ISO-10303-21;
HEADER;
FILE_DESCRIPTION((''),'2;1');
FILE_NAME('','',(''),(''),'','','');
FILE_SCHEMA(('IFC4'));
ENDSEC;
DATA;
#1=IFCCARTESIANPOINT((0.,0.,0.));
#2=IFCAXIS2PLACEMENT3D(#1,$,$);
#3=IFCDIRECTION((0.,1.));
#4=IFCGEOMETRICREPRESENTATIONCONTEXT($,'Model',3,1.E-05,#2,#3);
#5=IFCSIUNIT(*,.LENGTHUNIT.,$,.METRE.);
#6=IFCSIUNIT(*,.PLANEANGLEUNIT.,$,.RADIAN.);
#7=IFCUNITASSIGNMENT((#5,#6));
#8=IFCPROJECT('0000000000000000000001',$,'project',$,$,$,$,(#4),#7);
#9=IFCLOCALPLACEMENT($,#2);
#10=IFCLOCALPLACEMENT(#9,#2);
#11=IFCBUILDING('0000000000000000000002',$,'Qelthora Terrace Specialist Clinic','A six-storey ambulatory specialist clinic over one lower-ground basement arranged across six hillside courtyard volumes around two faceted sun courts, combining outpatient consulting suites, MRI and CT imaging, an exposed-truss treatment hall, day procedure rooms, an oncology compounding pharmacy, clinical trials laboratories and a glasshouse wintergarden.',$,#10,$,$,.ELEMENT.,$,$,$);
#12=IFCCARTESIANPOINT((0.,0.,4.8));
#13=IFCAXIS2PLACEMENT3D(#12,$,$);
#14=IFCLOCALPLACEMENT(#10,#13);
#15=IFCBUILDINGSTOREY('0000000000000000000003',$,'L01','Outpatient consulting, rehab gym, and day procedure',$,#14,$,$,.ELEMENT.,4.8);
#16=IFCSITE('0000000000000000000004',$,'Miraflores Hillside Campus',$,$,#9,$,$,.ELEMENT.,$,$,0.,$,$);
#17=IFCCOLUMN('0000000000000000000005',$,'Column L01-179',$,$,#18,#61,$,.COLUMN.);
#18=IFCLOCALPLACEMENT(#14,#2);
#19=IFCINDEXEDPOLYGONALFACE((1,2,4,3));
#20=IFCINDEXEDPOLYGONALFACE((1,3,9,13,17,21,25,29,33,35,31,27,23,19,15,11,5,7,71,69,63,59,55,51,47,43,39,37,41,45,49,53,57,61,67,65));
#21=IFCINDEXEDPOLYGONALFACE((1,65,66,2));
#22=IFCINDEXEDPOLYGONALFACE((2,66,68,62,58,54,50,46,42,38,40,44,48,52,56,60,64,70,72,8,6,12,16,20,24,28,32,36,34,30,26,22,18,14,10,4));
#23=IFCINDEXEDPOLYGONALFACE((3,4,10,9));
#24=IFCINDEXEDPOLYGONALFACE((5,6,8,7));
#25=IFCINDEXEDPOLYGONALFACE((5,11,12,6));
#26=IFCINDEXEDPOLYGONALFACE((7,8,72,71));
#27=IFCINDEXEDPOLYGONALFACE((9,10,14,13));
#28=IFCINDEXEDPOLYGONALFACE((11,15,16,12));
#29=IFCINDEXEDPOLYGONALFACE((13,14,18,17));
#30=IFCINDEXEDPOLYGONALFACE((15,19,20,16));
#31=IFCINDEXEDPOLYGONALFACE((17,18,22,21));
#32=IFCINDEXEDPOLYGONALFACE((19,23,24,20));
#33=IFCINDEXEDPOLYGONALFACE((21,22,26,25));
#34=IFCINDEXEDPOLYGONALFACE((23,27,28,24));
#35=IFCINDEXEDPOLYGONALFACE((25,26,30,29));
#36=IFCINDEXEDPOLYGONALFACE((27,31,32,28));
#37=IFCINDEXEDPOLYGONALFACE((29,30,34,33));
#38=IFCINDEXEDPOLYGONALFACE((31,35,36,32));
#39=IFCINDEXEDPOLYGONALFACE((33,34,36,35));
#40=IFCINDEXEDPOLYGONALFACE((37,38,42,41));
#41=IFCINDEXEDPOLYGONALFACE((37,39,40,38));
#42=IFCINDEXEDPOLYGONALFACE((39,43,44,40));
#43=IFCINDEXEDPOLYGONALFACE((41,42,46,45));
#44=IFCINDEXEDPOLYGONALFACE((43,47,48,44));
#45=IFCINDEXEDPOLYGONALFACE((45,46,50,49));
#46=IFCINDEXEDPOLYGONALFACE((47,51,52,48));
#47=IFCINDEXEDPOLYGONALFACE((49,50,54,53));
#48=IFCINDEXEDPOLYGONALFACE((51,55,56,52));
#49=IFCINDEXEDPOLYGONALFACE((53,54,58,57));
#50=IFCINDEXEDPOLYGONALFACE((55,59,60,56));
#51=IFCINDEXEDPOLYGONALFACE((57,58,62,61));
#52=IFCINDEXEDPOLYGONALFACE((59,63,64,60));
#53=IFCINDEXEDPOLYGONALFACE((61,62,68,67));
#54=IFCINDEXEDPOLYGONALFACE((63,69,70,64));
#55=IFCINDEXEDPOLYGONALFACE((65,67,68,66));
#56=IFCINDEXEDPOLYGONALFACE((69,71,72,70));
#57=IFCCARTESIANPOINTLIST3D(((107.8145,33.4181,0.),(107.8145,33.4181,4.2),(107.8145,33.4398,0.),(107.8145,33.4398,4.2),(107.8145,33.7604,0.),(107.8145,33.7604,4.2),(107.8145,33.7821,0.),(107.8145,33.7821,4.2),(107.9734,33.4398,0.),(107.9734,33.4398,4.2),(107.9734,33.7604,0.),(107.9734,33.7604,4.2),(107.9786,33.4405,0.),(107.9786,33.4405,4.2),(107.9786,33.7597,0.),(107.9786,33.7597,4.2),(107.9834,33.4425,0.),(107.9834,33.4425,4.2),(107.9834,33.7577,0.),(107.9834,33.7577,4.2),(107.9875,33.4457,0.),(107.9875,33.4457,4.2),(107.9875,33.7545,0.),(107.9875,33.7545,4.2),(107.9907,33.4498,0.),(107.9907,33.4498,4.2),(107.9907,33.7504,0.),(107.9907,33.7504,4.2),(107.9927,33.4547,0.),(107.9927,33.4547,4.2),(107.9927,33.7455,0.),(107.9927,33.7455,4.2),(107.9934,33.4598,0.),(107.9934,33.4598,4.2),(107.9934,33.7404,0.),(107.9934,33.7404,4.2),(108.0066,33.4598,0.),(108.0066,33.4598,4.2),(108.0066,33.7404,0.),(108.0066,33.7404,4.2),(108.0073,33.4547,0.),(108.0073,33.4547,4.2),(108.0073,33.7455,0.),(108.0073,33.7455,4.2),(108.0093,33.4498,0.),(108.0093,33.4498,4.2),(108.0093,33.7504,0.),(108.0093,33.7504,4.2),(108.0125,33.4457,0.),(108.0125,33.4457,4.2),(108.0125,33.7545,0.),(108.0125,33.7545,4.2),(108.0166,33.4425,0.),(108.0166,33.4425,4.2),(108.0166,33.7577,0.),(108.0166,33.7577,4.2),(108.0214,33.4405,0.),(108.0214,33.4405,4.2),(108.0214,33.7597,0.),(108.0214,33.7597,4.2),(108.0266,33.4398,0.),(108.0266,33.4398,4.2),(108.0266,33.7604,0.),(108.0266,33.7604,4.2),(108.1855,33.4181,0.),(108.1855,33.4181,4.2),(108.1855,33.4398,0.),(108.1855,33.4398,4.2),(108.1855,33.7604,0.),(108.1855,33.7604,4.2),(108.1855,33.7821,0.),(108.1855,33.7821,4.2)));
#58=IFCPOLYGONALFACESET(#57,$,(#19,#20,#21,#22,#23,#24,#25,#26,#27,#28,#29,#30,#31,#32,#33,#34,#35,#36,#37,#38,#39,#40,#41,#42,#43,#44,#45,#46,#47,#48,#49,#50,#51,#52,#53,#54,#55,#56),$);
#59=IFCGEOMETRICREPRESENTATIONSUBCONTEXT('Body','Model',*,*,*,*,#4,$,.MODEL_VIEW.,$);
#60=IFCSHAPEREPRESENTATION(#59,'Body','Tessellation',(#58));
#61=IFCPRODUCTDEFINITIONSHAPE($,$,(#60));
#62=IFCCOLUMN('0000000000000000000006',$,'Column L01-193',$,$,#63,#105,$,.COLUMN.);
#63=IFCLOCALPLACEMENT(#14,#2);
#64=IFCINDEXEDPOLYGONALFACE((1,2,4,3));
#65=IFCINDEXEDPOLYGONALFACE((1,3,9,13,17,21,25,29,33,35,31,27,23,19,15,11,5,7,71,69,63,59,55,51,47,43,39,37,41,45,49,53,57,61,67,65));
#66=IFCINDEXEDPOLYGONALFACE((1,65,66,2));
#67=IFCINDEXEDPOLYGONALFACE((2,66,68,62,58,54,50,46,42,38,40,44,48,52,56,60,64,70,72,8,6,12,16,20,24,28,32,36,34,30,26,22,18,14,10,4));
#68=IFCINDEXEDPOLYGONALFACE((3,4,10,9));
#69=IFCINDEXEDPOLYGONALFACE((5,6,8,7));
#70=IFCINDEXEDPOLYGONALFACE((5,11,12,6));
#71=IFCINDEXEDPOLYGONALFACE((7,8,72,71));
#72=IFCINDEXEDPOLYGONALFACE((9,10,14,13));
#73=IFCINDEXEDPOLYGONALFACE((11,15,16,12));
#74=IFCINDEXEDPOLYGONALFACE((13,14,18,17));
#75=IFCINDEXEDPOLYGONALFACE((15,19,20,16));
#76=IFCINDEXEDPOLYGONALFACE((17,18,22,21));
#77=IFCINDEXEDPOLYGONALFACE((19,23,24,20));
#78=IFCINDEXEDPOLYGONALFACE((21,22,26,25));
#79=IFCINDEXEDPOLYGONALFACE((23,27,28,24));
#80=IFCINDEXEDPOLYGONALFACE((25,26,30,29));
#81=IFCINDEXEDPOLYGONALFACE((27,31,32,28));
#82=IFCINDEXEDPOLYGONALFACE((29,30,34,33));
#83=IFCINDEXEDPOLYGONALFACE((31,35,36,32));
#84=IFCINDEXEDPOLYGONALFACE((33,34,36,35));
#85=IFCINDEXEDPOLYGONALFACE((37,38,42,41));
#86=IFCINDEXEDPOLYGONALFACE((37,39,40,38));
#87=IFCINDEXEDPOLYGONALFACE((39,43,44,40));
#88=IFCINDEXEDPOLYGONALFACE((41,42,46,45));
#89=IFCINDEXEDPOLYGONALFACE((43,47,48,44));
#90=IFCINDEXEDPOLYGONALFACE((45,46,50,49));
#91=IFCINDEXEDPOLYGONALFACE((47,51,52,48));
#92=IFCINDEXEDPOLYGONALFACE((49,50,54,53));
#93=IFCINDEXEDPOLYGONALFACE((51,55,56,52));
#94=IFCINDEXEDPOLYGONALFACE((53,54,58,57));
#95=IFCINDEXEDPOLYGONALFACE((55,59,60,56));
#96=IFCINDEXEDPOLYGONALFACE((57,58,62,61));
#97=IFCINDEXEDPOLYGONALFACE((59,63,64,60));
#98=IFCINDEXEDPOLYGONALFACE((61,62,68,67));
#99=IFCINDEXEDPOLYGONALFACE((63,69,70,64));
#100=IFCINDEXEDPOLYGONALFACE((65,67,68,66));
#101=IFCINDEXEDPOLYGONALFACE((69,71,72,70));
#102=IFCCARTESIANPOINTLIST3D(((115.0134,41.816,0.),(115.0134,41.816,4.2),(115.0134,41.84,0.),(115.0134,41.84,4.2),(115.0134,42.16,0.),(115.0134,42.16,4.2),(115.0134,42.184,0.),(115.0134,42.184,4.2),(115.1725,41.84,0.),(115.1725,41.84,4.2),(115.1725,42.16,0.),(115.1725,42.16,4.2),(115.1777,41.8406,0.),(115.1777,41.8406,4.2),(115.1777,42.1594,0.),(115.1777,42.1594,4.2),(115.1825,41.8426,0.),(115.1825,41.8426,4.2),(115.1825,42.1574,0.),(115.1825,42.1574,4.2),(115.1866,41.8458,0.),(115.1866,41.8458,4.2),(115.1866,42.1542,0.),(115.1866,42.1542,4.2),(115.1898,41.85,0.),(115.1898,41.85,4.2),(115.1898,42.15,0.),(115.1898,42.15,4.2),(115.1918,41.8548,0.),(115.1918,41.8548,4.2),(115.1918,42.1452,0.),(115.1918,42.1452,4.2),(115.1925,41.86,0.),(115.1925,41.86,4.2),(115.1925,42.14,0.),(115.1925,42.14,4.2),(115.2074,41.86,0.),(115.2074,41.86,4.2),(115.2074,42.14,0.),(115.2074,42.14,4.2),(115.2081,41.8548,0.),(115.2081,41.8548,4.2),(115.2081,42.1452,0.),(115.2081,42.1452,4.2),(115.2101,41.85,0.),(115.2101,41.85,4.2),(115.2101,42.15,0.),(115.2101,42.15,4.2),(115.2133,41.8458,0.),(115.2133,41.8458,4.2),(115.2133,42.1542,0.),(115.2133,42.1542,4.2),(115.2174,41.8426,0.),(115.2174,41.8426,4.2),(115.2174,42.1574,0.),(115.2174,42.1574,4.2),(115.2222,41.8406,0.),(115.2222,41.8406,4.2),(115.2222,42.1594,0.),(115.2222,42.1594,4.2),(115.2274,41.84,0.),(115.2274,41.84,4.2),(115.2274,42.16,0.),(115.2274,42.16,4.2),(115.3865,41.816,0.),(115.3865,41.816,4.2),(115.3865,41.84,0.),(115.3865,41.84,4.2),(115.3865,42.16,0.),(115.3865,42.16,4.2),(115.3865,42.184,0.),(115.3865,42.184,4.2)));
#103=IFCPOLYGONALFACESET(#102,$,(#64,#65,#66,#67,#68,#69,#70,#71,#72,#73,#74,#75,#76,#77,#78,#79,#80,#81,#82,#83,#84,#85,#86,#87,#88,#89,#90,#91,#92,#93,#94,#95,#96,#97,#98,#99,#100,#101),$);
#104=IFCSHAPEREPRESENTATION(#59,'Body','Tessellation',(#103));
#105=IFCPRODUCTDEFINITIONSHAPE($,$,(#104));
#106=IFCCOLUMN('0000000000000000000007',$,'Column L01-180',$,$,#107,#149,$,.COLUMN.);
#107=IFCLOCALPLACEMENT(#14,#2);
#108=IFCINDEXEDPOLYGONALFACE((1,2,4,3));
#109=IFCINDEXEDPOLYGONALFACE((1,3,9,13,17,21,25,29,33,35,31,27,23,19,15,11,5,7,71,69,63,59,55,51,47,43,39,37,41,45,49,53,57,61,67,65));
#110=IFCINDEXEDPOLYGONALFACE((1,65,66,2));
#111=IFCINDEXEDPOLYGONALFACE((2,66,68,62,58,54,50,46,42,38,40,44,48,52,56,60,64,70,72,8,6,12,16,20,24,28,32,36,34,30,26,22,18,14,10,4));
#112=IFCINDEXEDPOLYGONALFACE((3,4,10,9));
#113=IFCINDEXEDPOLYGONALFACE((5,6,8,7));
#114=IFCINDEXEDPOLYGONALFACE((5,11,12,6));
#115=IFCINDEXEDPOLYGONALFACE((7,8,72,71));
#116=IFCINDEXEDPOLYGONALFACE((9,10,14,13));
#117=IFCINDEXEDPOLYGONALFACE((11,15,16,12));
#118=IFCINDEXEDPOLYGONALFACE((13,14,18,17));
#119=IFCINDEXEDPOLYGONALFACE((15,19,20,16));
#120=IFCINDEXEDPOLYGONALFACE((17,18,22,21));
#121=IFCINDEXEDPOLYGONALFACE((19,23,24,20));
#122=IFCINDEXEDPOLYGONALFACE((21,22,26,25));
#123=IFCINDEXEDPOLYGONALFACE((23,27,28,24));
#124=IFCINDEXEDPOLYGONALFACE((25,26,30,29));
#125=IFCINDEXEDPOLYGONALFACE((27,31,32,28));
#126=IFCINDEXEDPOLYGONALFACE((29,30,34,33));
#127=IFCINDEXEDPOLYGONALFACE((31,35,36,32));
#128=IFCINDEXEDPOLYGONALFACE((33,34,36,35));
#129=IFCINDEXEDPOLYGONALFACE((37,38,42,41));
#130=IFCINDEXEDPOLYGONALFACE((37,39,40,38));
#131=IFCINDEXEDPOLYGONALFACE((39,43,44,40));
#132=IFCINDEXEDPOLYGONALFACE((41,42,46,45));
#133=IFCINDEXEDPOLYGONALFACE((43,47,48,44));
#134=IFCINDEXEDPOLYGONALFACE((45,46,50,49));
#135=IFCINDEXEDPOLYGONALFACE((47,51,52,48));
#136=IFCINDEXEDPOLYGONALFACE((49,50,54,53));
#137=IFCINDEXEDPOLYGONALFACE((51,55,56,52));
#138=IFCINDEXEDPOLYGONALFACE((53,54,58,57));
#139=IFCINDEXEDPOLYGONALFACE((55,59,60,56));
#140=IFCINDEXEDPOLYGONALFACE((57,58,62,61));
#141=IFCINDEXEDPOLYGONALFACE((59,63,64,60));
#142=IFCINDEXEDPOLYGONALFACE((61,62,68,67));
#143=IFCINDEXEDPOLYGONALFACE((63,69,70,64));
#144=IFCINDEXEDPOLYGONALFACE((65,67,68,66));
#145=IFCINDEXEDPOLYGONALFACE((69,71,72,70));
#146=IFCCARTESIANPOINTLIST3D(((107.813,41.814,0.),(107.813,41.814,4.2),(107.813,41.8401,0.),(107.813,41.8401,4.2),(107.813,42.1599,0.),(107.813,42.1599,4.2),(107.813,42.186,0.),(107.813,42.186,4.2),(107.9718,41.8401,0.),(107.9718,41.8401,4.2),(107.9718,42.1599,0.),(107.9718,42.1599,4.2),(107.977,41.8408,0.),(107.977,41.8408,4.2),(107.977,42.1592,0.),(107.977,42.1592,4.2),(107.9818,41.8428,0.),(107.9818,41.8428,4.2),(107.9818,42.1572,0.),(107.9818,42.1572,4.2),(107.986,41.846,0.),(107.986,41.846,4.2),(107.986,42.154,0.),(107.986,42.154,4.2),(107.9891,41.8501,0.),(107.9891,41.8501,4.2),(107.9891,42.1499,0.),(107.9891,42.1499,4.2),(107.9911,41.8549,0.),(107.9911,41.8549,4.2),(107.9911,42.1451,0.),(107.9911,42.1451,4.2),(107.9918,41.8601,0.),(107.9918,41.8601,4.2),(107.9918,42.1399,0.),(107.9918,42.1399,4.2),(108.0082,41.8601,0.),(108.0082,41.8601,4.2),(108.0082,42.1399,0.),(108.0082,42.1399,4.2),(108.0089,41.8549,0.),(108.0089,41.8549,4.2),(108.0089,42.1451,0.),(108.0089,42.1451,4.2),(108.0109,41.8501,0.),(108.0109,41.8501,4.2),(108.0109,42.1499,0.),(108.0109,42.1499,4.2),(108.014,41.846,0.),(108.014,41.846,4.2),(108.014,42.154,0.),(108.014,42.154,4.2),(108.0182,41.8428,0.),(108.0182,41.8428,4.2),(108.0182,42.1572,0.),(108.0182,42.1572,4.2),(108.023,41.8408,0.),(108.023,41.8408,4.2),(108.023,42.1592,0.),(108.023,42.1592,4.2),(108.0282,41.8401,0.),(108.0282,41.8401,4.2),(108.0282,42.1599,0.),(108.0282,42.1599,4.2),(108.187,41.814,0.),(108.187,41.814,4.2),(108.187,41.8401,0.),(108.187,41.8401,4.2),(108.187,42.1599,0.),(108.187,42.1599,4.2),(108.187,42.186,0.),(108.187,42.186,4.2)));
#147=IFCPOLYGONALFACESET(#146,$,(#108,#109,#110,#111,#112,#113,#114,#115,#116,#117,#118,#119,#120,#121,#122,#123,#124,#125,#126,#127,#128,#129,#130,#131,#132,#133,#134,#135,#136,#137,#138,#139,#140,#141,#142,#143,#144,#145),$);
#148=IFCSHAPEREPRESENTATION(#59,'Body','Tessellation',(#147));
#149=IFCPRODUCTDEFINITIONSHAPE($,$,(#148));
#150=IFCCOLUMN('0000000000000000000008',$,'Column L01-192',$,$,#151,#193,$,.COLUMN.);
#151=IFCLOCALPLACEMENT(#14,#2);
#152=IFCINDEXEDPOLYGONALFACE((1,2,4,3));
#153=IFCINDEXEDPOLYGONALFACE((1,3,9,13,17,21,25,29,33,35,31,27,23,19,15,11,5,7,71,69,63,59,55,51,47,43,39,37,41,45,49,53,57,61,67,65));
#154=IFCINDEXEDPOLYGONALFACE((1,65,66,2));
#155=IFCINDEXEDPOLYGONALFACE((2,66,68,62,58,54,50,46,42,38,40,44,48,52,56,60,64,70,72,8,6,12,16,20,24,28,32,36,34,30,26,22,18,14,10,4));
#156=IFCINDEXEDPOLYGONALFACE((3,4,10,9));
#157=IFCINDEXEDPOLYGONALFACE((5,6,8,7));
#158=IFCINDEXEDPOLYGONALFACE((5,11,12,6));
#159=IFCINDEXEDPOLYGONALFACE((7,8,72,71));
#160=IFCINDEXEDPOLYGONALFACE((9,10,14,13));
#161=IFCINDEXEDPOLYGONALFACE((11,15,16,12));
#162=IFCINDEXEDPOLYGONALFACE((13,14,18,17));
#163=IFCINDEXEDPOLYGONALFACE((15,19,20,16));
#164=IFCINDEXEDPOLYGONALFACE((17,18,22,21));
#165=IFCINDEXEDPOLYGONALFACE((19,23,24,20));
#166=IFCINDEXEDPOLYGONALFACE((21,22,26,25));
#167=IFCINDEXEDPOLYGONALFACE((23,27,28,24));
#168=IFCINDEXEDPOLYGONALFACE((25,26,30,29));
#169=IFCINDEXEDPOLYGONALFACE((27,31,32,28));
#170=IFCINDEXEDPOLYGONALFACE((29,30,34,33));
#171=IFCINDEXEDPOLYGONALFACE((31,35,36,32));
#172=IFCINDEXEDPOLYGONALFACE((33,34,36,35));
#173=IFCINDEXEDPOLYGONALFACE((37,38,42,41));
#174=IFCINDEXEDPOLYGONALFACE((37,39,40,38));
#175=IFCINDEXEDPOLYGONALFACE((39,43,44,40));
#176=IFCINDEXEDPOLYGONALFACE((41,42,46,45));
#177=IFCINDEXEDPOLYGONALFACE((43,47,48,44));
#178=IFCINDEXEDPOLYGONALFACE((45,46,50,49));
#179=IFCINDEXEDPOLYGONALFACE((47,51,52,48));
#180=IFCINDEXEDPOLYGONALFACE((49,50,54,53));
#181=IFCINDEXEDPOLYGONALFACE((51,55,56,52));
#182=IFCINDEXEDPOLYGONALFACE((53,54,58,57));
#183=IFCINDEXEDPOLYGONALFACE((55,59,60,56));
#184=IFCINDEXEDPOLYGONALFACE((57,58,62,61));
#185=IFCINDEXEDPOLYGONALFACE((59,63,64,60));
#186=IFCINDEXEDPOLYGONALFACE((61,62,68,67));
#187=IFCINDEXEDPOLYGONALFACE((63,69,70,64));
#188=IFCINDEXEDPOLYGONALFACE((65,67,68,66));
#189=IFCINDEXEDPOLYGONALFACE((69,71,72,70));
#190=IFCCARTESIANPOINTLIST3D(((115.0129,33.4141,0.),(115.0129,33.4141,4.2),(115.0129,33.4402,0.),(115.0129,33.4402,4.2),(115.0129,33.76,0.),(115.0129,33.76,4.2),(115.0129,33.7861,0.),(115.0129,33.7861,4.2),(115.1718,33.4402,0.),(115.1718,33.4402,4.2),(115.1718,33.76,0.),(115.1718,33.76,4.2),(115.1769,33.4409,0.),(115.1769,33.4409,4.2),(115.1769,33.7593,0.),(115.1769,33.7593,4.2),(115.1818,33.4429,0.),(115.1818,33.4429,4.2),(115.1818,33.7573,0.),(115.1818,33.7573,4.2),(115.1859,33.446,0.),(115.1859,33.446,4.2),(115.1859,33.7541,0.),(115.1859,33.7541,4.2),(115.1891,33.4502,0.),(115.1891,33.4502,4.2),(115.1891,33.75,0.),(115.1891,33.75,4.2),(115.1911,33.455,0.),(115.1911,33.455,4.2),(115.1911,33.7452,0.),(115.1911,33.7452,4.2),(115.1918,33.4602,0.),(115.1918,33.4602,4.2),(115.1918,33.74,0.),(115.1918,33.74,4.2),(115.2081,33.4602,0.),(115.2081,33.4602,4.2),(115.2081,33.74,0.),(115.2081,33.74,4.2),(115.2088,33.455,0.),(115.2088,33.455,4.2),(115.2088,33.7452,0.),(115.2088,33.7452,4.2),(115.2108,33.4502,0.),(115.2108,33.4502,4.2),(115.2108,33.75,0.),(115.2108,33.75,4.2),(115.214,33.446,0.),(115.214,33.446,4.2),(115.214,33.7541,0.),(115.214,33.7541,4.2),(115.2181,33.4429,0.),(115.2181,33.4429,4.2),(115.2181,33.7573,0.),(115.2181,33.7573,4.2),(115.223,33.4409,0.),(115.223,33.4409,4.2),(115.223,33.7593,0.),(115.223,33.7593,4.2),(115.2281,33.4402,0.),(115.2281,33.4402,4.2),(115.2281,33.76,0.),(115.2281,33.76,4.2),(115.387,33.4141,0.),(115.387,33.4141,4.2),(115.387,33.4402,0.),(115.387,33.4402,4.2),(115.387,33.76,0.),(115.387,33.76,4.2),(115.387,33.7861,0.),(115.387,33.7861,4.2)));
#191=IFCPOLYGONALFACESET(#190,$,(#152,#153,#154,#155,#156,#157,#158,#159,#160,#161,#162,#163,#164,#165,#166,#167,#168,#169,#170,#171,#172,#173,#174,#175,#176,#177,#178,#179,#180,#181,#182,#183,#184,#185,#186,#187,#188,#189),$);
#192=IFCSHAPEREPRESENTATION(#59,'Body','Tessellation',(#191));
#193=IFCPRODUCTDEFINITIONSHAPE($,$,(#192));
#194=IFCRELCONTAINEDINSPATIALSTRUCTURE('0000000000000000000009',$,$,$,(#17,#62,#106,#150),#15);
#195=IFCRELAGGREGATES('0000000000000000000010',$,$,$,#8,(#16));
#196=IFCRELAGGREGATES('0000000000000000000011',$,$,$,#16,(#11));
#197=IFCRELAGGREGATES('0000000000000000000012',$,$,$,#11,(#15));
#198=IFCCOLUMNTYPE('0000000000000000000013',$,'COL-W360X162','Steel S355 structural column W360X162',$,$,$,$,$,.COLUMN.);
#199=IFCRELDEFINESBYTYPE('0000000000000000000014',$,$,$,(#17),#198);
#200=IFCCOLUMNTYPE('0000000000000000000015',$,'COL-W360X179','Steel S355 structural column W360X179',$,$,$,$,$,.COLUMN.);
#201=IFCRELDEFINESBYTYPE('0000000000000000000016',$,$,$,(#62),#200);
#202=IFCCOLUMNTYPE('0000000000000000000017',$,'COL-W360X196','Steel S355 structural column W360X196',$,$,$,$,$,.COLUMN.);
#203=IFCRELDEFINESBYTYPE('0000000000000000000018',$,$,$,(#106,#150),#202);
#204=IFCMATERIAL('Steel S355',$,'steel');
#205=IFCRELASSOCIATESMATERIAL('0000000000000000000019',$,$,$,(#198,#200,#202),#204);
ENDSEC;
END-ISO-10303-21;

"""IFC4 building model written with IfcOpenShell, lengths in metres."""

from ifc_helpers import new_model, si_unit, direction, frame, origin, origin_2d, place, context, subcontext, project, spatial, i_section, extrude, material, material_profile, profile_set, type_object, element, save


model = new_model("IFC4")

# Units and contexts
model_context = context("Model", 3, precision=1e-05, world=origin(), true_north=direction((0.0, 1.0)))
body_context = subcontext(model_context, "Body", "Model", "MODEL_VIEW")
ifc_project = project(units=[si_unit("LENGTHUNIT", "METRE"), si_unit("PLANEANGLEUNIT", "RADIAN")], contexts=[model_context])

# Site, building, storey
site_placement = place(None, origin())
site = spatial("IfcSite", under=ifc_project, at=site_placement, Name="Miraflores Hillside Campus", CompositionType="ELEMENT", RefElevation=0.0)
building_placement = place(site_placement, origin())
building = spatial("IfcBuilding", under=site, at=building_placement, Name="Qelthora Terrace Specialist Clinic", Description="A six-storey ambulatory specialist clinic over one lower-ground basement arranged across six hillside courtyard volumes around two faceted sun courts, combining outpatient consulting suites, MRI and CT imaging, an exposed-truss treatment hall, day procedure rooms, an oncology compounding pharmacy, clinical trials laboratories and a glasshouse wintergarden.", CompositionType="ELEMENT")
storey_placement = place(building_placement, frame((0.0, 0.0, 4.8)))
storey = spatial("IfcBuildingStorey", under=building, at=storey_placement, Name="L01", Description="Outpatient consulting, rehab gym, and day procedure", CompositionType="ELEMENT", Elevation=4.8)

# Columns
ifc_material_1 = material(Name="Steel S355", Category="steel")
ifc_material_profile_1 = material_profile(ifc_material_1, i_section(OverallWidth=0.3711, OverallDepth=0.364, WebThickness=0.0132, FlangeThickness=0.0217, FilletRadius=0.02, at=origin_2d()), Name="W360X162")
ifc_profile_set_1 = profile_set([ifc_material_profile_1], Name="Steel S355")
column_type_1 = type_object("IfcColumnType", Name="COL-W360X162", Description="Steel S355 structural column W360X162", PredefinedType="COLUMN", material=ifc_profile_set_1)
column_1_placement = place(storey_placement, frame((108.0, 33.6001, 0.0), z_axis=(0.0, 0.0, 1.0), x_axis=(1.0, 0.0, 0.0)))
element("IfcColumn", 1, at=column_1_placement, inside=storey, type_object=column_type_1, Name="Column L01-179", PredefinedType="COLUMN", context=body_context, shape_type="SweptSolid", body=[
    extrude(i_section(OverallWidth=0.3711, OverallDepth=0.364, WebThickness=0.0132, FlangeThickness=0.0217, FilletRadius=0.02, at=origin_2d()), origin(), (0.0, 0.0, 1.0), 4.2),
])
ifc_material_profile_2 = material_profile(ifc_material_1, i_section(OverallWidth=0.373, OverallDepth=0.3679, WebThickness=0.0149, FlangeThickness=0.0239, FilletRadius=0.02, at=origin_2d()), Name="W360X179")
ifc_profile_set_2 = profile_set([ifc_material_profile_2], Name="Steel S355")
column_type_2 = type_object("IfcColumnType", Name="COL-W360X179", Description="Steel S355 structural column W360X179", PredefinedType="COLUMN", material=ifc_profile_set_2)
column_2_placement = place(storey_placement, frame((115.2, 42.0, 0.0), z_axis=(0.0, 0.0, 1.0), x_axis=(1.0, 0.0, 0.0)))
element("IfcColumn", 2, at=column_2_placement, inside=storey, type_object=column_type_2, Name="Column L01-193", PredefinedType="COLUMN", context=body_context, shape_type="SweptSolid", body=[
    extrude(i_section(OverallWidth=0.373, OverallDepth=0.3679, WebThickness=0.0149, FlangeThickness=0.0239, FilletRadius=0.02, at=origin_2d()), origin(), (0.0, 0.0, 1.0), 4.2),
])
ifc_material_profile_3 = material_profile(ifc_material_1, i_section(OverallWidth=0.374, OverallDepth=0.3721, WebThickness=0.0164, FlangeThickness=0.0261, FilletRadius=0.02, at=origin_2d()), Name="W360X196")
ifc_profile_set_3 = profile_set([ifc_material_profile_3], Name="Steel S355")
column_type_3 = type_object("IfcColumnType", Name="COL-W360X196", Description="Steel S355 structural column W360X196", PredefinedType="COLUMN", material=ifc_profile_set_3)
for number, where, z_axis, x_axis, name in (
    (3, (108.0, 42.0, 0.0), (0.0, 0.0, 1.0), (1.0, 0.0, 0.0), "Column L01-180"),
    (4, (115.2, 33.6001, 0.0), (0.0, 0.0, 1.0), (1.0, 0.0, 0.0), "Column L01-192"),
):
    element("IfcColumn", number, at=place(storey_placement, frame(where, z_axis=z_axis, x_axis=x_axis)), inside=storey, type_object=column_type_3, Name=name, PredefinedType="COLUMN", context=body_context, shape_type="SweptSolid", body=[
        extrude(i_section(OverallWidth=0.374, OverallDepth=0.3721, WebThickness=0.0164, FlangeThickness=0.0261, FilletRadius=0.02, at=origin_2d()), origin(), (0.0, 0.0, 1.0), 4.2),
    ])

save(model, "model.ifc")
